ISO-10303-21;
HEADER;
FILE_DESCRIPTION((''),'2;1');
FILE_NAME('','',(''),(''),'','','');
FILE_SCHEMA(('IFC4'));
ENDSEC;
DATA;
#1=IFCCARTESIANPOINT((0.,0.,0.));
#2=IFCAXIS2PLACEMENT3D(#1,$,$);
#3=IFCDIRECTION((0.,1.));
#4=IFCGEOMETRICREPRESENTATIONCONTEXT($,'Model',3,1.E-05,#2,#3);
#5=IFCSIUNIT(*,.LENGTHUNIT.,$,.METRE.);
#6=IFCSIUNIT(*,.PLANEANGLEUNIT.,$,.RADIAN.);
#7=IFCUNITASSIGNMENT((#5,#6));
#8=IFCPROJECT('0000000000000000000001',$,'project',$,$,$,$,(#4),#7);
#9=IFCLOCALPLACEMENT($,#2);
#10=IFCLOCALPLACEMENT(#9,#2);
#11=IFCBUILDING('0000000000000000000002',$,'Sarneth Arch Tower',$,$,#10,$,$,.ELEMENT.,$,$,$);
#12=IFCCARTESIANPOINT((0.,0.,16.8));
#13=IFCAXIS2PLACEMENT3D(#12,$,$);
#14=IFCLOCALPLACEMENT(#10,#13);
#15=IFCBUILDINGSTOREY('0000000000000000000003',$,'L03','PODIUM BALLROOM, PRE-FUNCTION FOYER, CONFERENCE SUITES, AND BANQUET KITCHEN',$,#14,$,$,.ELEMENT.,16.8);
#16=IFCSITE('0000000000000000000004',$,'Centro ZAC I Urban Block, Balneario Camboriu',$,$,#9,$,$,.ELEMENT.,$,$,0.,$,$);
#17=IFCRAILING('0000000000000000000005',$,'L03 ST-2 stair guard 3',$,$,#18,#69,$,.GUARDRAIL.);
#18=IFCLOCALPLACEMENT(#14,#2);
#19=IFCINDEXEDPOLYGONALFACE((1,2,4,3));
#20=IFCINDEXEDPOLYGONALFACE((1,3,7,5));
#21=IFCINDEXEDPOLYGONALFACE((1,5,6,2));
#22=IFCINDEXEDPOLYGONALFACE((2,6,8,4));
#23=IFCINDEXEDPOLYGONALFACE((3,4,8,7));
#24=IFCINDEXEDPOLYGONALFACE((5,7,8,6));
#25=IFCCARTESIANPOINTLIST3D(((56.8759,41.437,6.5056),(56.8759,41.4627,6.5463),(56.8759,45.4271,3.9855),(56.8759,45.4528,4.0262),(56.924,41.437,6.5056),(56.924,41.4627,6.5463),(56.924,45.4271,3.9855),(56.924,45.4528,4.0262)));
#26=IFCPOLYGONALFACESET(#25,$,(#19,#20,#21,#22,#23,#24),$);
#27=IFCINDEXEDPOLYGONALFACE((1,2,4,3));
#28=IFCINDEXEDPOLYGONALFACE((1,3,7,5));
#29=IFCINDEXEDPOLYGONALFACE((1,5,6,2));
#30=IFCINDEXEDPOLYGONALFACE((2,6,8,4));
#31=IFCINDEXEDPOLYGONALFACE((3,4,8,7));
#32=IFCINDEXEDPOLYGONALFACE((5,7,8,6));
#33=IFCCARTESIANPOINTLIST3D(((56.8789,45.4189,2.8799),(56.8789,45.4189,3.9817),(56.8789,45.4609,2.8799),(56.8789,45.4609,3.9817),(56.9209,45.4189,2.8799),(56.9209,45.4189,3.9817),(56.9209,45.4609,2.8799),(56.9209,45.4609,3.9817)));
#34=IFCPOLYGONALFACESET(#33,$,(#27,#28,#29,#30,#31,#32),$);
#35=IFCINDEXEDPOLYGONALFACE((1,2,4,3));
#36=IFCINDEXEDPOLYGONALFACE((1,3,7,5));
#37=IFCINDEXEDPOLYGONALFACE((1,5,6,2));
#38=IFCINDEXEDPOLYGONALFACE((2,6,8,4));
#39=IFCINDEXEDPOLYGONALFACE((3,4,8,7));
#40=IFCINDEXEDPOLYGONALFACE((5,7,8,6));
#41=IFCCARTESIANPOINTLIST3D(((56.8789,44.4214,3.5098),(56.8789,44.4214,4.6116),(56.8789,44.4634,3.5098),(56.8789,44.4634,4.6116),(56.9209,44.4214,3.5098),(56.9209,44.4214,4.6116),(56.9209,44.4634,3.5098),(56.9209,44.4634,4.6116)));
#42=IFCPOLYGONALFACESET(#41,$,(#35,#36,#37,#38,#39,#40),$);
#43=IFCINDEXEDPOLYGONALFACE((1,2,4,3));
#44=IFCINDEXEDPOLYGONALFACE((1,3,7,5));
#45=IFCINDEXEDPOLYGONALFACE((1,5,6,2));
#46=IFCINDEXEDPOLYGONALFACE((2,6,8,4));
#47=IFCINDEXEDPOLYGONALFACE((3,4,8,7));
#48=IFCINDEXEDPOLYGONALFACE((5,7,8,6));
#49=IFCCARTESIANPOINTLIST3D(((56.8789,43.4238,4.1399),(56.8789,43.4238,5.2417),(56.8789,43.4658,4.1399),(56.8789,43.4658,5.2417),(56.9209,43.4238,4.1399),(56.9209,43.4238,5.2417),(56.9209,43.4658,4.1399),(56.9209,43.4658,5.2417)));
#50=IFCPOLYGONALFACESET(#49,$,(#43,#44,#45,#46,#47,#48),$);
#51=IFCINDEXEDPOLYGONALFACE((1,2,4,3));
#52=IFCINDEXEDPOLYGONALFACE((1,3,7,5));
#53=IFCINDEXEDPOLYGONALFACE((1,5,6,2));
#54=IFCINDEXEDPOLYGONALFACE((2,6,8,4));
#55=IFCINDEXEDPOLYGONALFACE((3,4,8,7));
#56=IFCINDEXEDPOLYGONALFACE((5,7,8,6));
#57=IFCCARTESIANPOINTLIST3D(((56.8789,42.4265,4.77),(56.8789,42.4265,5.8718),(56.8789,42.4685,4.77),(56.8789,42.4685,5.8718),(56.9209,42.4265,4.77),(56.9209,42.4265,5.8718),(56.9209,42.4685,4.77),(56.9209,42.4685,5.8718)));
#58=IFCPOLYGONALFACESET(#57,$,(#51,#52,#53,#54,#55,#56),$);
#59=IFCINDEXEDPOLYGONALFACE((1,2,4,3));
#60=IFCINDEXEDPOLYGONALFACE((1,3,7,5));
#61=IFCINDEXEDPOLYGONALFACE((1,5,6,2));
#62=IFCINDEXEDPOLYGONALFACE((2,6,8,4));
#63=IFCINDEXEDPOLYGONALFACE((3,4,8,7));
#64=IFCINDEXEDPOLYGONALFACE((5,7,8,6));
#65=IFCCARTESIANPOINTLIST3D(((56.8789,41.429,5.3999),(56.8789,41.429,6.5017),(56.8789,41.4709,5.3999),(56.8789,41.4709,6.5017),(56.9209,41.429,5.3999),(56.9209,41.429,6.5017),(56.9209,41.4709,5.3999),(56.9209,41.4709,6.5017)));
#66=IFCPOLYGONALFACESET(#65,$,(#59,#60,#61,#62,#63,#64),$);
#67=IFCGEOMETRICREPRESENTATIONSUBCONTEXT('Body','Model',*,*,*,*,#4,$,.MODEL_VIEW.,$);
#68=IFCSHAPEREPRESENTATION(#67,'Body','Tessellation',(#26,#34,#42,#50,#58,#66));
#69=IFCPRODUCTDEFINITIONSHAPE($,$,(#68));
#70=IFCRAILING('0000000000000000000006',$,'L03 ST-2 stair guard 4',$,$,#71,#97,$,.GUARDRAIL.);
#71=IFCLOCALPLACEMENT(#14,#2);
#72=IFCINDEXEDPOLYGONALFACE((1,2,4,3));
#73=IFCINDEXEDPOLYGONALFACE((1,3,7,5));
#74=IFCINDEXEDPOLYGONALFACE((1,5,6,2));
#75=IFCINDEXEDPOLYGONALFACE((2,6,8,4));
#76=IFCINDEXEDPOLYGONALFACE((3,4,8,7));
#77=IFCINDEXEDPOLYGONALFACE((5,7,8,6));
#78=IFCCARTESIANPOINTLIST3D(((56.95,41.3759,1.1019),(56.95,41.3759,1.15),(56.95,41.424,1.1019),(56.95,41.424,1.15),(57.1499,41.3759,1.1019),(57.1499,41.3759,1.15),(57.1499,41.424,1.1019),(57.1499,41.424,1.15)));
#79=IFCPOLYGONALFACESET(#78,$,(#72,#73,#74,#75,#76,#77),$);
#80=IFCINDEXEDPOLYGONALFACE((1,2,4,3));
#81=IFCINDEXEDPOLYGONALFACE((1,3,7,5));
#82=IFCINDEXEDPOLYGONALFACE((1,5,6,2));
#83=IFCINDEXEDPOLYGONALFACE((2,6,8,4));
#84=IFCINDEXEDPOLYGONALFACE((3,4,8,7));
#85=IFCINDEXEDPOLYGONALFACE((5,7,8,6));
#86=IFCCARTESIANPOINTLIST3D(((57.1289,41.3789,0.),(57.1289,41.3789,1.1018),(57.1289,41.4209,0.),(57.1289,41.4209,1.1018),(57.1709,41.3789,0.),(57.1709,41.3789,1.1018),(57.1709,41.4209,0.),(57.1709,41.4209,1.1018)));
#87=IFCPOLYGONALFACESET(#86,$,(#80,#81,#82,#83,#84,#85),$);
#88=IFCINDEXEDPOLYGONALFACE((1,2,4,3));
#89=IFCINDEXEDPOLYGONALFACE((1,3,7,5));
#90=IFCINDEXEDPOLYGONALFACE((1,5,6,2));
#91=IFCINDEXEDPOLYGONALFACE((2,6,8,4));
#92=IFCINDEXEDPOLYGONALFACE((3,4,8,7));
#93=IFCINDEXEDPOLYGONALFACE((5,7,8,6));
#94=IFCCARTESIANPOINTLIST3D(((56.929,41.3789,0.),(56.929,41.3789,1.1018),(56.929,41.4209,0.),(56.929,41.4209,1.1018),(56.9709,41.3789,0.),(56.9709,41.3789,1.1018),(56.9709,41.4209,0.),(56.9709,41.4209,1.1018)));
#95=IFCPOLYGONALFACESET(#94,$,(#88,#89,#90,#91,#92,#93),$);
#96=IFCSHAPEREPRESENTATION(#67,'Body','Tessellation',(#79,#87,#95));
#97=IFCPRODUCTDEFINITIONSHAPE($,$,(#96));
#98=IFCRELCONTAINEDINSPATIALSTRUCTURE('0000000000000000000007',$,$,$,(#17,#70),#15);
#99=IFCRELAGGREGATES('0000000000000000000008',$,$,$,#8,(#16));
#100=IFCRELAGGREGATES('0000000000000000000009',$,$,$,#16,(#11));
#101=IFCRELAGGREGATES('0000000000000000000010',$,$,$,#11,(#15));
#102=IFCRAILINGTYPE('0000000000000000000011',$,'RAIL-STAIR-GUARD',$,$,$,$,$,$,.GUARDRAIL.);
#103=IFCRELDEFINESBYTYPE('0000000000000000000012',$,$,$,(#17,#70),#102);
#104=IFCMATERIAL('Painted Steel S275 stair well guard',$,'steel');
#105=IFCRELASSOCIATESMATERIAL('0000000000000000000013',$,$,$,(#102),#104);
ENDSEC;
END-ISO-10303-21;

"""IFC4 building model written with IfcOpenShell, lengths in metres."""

from ifc_helpers import new_model, si_unit, direction, frame, origin, origin_2d, place, context, subcontext, project, spatial, rectangle, extrude, material, type_object, element, save


model = new_model("IFC4")

# Units and contexts
model_context = context("Model", 3, precision=1e-05, world=origin(), true_north=direction((0.0, 1.0)))
body_context = subcontext(model_context, "Body", "Model", "MODEL_VIEW")
ifc_project = project(units=[si_unit("LENGTHUNIT", "METRE"), si_unit("PLANEANGLEUNIT", "RADIAN")], contexts=[model_context])

# Site, building, storey
site_placement = place(None, origin())
site = spatial("IfcSite", under=ifc_project, at=site_placement, Name="Centro ZAC I Urban Block, Balneario Camboriu", CompositionType="ELEMENT", RefElevation=0.0)
building_placement = place(site_placement, origin())
building = spatial("IfcBuilding", under=site, at=building_placement, Name="Sarneth Arch Tower", CompositionType="ELEMENT")
storey_placement = place(building_placement, frame((0.0, 0.0, 16.8)))
storey = spatial("IfcBuildingStorey", under=building, at=storey_placement, Name="L03", Description="PODIUM BALLROOM, PRE-FUNCTION FOYER, CONFERENCE SUITES, AND BANQUET KITCHEN", CompositionType="ELEMENT", Elevation=16.8)

# Railings
ifc_material_1 = material(Name="Painted Steel S275 stair well guard", Category="steel")
railing_type_1 = type_object("IfcRailingType", Name="RAIL-STAIR-GUARD", PredefinedType="GUARDRAIL", material=ifc_material_1)
railing_1_placement = place(storey_placement, frame((56.8999, 45.4399, 2.8799)))
element("IfcRailing", 1, at=railing_1_placement, inside=storey, type_object=railing_type_1, Name="L03 ST-2 stair guard 3", PredefinedType="GUARDRAIL", context=body_context, shape_type="SweptSolid", body=[
    extrude(rectangle(XDim=0.0481, YDim=0.0481, at=origin_2d()), frame((0.0, 0.0, 1.126), z_axis=(0.0, -0.845486, 0.533997), x_axis=(1.0, 0.0, 0.0)), (0.0, 0.0, 1.0), 4.7192),
    extrude(rectangle(XDim=0.042, YDim=0.042, at=origin_2d()), origin(), (0.0, 0.0, 1.0), 1.1018),
    extrude(rectangle(XDim=0.042, YDim=0.042, at=origin_2d()), frame((0.0, -0.9976, 0.6299)), (0.0, 0.0, 1.0), 1.1018),
    extrude(rectangle(XDim=0.042, YDim=0.042, at=origin_2d()), frame((0.0, -1.9951, 1.26)), (0.0, 0.0, 1.0), 1.1018),
    extrude(rectangle(XDim=0.042, YDim=0.042, at=origin_2d()), frame((0.0, -2.9924, 1.8901)), (0.0, 0.0, 1.0), 1.1018),
    extrude(rectangle(XDim=0.042, YDim=0.042, at=origin_2d()), frame((0.0, -3.99, 2.52)), (0.0, 0.0, 1.0), 1.1018),
])
railing_2_placement = place(storey_placement, frame((57.1499, 41.3999, 0.0)))
element("IfcRailing", 2, at=railing_2_placement, inside=storey, type_object=railing_type_1, Name="L03 ST-2 stair guard 4", PredefinedType="GUARDRAIL", context=body_context, shape_type="SweptSolid", body=[
    extrude(rectangle(XDim=0.0481, YDim=0.0481, at=origin_2d()), frame((0.0, 0.0, 1.126), z_axis=(-1.0, 0.0, 0.0), x_axis=(0.0, -1.0, 0.0)), (0.0, 0.0, 1.0), 0.2),
    extrude(rectangle(XDim=0.042, YDim=0.042, at=origin_2d()), origin(), (0.0, 0.0, 1.0), 1.1018),
    extrude(rectangle(XDim=0.042, YDim=0.042, at=origin_2d()), frame((-0.2, 0.0, 0.0)), (0.0, 0.0, 1.0), 1.1018),
])

save(model, "model.ifc")
